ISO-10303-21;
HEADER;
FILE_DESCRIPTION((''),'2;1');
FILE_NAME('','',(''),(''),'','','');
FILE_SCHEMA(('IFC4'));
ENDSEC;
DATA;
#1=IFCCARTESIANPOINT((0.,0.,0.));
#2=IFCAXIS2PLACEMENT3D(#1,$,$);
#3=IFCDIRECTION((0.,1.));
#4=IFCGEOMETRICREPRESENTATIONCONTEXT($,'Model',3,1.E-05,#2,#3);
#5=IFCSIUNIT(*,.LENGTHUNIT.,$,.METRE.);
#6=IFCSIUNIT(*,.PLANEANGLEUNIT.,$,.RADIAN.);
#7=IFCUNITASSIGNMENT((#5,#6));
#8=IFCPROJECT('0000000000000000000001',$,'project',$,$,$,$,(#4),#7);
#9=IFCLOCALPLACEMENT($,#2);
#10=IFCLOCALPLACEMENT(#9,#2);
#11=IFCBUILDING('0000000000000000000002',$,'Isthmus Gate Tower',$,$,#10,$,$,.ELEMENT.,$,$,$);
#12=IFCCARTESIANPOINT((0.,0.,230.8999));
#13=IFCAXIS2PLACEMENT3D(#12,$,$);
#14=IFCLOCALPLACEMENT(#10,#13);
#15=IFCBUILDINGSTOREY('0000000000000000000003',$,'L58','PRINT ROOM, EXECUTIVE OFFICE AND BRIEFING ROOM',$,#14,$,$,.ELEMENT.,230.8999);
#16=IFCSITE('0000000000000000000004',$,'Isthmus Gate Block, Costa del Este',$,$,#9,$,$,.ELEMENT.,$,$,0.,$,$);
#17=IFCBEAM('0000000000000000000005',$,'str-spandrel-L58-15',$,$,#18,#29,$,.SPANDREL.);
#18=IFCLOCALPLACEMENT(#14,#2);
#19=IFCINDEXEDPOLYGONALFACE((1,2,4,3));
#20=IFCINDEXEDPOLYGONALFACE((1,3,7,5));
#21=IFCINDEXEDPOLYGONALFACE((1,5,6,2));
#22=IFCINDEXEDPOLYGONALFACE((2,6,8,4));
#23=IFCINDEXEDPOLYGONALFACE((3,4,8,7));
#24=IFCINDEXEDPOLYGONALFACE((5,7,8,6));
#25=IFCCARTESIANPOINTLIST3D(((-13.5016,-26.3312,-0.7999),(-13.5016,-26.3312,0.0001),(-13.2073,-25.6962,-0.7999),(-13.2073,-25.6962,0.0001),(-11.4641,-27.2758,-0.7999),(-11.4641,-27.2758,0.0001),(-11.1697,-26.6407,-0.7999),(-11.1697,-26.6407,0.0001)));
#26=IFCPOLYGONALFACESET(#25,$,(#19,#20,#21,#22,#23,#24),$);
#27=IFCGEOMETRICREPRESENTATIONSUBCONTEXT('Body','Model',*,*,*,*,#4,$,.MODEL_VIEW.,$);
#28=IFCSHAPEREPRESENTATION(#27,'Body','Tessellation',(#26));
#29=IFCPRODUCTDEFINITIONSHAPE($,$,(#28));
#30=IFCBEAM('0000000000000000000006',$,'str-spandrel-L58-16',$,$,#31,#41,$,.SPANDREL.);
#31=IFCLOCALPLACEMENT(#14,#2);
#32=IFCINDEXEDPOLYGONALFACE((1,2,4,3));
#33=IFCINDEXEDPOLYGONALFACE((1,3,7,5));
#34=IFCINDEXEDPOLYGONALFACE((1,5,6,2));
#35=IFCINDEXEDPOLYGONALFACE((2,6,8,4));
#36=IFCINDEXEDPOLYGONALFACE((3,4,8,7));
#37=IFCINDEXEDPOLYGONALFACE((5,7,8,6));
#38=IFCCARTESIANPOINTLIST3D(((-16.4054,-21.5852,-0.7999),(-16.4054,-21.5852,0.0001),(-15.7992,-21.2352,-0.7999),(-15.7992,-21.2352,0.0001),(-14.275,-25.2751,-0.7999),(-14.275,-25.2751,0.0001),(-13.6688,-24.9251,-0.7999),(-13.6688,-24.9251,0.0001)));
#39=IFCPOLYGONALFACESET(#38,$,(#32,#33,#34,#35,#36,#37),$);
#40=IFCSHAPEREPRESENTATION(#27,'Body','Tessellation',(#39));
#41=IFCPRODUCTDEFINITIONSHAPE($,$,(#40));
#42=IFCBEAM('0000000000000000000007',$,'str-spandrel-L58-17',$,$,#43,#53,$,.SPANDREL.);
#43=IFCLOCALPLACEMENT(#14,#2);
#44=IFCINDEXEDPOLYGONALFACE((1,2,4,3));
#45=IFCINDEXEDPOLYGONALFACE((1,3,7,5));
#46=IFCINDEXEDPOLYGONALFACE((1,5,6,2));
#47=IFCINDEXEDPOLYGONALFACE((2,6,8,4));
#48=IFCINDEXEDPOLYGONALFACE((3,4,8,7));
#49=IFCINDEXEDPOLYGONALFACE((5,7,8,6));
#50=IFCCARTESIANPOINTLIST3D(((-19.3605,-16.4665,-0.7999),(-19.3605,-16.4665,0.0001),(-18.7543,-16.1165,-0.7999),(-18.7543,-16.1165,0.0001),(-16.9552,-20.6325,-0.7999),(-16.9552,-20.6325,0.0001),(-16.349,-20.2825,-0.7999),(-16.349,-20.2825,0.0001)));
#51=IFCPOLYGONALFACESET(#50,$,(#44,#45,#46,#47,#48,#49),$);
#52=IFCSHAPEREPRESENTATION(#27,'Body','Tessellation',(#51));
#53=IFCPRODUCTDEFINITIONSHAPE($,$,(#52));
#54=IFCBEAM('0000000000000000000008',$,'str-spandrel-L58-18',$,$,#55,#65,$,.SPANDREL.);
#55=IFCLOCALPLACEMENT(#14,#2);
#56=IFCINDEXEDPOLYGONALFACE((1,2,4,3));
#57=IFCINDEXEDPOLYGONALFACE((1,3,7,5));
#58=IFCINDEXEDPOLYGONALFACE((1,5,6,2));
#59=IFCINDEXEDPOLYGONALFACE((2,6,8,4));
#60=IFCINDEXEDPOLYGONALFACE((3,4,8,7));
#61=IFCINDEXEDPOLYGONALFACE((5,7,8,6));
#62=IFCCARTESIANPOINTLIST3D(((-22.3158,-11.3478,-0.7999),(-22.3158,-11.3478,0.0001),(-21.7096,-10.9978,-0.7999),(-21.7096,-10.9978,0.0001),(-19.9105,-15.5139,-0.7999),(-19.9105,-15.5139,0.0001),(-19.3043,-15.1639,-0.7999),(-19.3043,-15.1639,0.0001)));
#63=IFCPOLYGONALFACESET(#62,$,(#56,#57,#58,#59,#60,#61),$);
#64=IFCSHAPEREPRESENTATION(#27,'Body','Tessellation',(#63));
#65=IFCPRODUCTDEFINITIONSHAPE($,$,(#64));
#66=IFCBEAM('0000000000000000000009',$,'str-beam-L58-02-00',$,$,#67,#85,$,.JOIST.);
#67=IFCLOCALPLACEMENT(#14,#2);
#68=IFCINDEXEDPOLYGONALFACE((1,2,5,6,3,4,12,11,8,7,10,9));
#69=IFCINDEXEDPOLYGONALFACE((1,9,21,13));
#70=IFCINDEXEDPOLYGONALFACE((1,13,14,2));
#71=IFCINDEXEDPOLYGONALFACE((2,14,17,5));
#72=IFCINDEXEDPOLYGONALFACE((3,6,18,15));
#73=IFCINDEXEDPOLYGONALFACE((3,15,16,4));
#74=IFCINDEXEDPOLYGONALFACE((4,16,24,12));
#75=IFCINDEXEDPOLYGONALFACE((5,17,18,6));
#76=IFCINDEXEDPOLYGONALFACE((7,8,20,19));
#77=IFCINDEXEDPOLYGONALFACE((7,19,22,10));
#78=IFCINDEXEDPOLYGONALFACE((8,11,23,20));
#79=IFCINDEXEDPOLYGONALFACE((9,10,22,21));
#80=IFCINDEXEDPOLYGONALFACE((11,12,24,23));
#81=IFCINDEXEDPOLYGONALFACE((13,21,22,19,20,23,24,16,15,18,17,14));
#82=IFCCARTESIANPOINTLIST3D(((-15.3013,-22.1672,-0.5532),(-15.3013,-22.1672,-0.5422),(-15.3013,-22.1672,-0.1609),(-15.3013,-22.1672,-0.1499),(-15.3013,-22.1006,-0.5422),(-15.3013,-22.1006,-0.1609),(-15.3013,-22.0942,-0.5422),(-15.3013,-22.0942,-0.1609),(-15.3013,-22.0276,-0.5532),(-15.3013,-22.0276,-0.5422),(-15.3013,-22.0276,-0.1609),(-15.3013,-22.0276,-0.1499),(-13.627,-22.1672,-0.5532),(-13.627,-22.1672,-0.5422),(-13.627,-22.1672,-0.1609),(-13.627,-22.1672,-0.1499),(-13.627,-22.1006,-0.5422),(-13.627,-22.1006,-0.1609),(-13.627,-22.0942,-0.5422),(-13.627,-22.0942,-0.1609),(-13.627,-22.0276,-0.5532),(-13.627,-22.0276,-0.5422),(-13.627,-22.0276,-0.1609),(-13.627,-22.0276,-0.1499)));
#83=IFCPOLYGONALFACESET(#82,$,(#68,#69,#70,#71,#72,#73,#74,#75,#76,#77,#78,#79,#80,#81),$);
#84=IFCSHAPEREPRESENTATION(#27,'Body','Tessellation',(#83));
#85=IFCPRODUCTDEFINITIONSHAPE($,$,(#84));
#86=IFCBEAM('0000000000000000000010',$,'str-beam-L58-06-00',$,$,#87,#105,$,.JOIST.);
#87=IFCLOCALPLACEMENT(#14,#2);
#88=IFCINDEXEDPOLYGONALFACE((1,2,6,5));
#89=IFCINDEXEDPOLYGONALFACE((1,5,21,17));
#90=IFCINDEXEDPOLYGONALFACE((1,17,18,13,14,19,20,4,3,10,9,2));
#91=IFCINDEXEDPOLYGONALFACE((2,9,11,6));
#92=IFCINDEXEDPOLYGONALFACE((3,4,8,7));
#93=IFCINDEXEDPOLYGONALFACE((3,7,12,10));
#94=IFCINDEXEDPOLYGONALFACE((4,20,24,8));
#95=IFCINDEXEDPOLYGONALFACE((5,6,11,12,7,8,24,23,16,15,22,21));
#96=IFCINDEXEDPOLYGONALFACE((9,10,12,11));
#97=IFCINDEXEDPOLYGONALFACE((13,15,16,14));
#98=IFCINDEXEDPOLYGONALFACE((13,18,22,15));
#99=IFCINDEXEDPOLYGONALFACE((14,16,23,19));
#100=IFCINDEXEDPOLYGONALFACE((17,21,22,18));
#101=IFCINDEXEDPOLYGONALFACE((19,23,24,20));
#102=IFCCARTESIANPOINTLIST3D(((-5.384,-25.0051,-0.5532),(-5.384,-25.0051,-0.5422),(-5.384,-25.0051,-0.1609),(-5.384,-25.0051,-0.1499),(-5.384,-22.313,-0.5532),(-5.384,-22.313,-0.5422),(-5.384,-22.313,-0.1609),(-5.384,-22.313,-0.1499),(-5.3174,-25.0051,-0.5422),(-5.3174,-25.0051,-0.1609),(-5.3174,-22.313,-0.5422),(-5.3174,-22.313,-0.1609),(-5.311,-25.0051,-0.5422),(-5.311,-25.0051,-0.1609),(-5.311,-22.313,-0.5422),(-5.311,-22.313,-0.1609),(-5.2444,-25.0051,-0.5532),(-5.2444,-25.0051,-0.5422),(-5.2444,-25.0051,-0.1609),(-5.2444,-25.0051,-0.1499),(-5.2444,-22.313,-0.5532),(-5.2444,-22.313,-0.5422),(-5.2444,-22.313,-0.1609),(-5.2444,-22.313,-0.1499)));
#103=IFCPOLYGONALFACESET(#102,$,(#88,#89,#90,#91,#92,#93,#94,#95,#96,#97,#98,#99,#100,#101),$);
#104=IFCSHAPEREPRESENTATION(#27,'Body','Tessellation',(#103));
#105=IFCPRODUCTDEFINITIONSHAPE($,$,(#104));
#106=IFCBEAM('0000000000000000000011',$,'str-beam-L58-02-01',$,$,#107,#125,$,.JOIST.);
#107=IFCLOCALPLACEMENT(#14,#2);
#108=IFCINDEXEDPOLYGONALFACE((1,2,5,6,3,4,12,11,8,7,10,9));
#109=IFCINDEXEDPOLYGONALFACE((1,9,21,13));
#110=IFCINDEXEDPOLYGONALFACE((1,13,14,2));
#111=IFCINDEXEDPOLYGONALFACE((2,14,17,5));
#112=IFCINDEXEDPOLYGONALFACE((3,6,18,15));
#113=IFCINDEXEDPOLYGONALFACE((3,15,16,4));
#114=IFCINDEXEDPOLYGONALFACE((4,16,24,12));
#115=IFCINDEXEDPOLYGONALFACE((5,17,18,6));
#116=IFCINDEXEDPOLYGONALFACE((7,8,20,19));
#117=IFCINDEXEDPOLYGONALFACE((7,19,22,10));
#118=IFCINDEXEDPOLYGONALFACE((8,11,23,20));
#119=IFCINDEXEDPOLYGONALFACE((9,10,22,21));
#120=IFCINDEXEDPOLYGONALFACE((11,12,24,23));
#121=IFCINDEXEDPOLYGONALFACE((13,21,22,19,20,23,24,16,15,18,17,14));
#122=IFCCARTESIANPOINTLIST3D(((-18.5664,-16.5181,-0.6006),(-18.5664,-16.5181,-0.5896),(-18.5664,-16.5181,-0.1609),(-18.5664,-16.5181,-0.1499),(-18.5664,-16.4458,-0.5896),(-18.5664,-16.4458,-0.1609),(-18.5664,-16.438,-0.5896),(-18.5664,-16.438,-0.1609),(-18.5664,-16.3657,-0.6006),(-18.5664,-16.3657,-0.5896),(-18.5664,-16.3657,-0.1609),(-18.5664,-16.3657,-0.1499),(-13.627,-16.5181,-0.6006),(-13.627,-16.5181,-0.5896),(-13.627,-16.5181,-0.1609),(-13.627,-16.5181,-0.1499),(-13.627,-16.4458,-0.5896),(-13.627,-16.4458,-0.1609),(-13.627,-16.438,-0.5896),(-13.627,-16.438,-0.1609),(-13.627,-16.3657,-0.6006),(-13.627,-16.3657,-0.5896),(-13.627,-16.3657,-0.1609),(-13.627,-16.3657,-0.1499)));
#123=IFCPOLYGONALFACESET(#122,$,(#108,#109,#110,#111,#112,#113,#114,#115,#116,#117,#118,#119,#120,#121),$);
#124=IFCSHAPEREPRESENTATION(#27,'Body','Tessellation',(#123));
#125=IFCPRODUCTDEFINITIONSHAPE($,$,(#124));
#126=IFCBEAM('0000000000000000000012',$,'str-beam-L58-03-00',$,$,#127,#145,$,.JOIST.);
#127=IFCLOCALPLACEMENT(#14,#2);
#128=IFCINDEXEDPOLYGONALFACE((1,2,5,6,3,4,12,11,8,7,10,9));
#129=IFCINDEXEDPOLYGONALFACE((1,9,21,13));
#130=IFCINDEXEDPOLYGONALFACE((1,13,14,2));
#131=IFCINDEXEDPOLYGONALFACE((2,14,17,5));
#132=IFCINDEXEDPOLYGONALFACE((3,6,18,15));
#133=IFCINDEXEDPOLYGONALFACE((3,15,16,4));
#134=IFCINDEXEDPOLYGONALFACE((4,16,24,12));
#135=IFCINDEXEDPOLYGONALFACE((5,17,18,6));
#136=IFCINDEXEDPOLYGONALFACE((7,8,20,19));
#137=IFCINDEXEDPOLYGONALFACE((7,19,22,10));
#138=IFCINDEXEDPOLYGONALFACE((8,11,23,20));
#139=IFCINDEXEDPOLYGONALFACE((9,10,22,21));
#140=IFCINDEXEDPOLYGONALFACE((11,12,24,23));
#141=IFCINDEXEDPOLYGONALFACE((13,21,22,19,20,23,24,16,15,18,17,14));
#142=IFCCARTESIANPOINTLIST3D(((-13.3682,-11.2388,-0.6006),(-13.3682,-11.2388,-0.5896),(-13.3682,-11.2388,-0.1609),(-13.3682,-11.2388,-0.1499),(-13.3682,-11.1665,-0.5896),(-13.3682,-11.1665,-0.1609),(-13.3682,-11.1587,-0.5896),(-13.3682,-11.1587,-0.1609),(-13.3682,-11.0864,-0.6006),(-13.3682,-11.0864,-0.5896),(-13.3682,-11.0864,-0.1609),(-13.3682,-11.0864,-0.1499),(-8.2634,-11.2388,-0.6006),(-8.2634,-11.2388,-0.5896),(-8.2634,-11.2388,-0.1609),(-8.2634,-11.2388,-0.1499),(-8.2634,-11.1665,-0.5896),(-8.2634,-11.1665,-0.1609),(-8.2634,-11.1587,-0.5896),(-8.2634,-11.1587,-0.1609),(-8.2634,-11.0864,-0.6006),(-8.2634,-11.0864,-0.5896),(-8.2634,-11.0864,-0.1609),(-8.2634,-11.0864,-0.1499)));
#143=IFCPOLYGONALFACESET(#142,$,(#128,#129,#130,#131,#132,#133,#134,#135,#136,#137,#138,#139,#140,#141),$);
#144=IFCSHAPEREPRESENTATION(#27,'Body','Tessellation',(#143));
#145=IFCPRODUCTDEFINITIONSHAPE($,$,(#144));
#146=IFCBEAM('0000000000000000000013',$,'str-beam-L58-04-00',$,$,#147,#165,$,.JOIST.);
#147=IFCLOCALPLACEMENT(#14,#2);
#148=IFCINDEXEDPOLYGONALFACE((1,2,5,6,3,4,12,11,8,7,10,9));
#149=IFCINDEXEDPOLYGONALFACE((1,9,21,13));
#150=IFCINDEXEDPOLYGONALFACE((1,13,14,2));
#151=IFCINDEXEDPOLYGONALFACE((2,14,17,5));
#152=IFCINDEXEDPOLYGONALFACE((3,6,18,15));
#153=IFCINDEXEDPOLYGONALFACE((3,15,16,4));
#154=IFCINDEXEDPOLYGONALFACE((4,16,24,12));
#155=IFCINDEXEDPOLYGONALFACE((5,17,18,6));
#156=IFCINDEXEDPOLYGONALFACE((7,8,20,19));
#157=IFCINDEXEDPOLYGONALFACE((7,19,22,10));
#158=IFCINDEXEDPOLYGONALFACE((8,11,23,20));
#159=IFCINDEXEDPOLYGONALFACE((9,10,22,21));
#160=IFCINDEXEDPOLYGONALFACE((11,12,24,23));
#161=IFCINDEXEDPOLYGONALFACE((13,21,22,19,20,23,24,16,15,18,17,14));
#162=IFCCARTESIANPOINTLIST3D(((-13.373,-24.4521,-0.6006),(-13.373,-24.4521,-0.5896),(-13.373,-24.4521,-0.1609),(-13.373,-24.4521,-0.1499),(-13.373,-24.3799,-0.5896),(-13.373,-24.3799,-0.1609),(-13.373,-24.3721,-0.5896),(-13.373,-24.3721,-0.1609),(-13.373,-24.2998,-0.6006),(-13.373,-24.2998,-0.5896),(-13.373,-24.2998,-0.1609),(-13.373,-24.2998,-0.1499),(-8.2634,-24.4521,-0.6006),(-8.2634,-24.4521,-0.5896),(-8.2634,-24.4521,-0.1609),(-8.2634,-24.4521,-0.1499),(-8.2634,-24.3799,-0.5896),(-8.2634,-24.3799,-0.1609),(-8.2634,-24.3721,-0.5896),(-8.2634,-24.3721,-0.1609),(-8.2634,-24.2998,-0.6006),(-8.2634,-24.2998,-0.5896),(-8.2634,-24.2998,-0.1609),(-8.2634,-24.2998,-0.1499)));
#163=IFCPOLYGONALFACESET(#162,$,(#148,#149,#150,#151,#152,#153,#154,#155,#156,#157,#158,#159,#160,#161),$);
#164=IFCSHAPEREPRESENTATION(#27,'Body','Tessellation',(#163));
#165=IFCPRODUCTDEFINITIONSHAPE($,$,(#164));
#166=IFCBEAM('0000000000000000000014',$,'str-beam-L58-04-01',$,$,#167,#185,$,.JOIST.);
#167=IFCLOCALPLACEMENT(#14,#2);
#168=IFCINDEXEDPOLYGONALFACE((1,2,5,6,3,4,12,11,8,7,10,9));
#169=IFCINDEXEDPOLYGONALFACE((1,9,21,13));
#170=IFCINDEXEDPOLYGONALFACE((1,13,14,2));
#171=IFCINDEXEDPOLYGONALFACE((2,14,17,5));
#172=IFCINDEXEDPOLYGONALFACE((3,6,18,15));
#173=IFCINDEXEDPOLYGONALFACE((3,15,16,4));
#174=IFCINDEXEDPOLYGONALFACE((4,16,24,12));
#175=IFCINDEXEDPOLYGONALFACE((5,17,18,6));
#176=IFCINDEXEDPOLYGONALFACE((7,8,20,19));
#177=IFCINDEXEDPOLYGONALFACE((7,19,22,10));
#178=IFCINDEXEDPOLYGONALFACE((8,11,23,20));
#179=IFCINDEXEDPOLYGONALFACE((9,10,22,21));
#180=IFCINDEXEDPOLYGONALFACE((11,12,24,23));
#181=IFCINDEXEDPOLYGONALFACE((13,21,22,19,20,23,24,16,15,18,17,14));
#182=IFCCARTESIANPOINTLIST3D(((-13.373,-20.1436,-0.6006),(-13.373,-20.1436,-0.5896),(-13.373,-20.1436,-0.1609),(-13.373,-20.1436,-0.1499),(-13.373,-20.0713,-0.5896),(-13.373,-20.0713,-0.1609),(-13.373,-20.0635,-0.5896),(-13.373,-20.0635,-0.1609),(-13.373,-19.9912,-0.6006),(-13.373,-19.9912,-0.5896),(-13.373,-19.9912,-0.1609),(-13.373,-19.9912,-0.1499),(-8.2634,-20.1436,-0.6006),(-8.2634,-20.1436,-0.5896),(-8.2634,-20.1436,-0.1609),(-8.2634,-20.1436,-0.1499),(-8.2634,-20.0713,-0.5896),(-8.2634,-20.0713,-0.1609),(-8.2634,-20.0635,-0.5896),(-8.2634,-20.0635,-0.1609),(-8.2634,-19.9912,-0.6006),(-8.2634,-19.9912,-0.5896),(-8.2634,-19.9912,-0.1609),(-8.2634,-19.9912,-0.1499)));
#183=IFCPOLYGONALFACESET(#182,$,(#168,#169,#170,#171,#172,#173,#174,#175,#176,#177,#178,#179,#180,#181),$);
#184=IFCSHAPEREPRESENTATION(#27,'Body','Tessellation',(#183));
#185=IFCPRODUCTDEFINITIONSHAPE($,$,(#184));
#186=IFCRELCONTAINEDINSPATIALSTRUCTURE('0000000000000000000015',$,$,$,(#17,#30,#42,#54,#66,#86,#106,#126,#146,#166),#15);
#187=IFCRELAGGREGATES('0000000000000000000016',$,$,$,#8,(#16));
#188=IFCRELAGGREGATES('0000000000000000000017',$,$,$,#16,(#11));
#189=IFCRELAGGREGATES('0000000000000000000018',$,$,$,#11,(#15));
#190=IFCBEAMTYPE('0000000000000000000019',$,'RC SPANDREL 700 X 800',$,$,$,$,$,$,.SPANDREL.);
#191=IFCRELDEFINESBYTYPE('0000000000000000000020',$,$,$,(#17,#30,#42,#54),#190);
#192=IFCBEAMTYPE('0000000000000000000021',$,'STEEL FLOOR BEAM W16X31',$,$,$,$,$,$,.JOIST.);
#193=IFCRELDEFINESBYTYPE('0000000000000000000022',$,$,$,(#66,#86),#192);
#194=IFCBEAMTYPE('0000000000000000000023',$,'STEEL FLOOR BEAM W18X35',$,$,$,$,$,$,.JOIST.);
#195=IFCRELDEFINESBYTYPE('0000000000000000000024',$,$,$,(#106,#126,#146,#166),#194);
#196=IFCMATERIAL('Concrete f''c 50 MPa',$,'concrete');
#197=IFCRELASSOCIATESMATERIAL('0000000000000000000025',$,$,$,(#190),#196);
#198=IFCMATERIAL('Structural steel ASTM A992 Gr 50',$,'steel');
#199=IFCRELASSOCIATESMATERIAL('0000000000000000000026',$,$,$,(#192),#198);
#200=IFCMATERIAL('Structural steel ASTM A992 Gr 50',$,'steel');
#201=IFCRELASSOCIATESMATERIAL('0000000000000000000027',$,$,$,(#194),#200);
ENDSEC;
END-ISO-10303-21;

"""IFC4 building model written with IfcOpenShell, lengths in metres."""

from ifc_helpers import new_model, si_unit, direction, frame, origin, origin_2d, place, context, subcontext, project, spatial, rectangle, i_section, extrude, material, material_profile, profile_set, type_object, element, save


model = new_model("IFC4")

# Units and contexts
model_context = context("Model", 3, precision=1e-05, world=origin(), true_north=direction((0.0, 1.0)))
body_context = subcontext(model_context, "Body", "Model", "MODEL_VIEW")
ifc_project = project(units=[si_unit("LENGTHUNIT", "METRE"), si_unit("PLANEANGLEUNIT", "RADIAN")], contexts=[model_context])

# Site, building, storey
site_placement = place(None, origin())
site = spatial("IfcSite", under=ifc_project, at=site_placement, Name="Isthmus Gate Block, Costa del Este", CompositionType="ELEMENT", RefElevation=0.0)
building_placement = place(site_placement, origin())
building = spatial("IfcBuilding", under=site, at=building_placement, Name="Isthmus Gate Tower", CompositionType="ELEMENT")
storey_placement = place(building_placement, frame((0.0, 0.0, 230.8999)))
storey = spatial("IfcBuildingStorey", under=building, at=storey_placement, Name="L58", Description="PRINT ROOM, EXECUTIVE OFFICE AND BRIEFING ROOM", CompositionType="ELEMENT", Elevation=230.8999)

# Beams
ifc_material_1 = material(Name="Concrete f'c 50 MPa", Category="concrete")
ifc_material_profile_1 = material_profile(ifc_material_1, rectangle(XDim=0.7, YDim=0.8, at=origin_2d()), Name="RC 700X800")
ifc_profile_set_1 = profile_set([ifc_material_profile_1], Name="Concrete f'c 50 MPa")
beam_type_1 = type_object("IfcBeamType", Name="RC SPANDREL 700 X 800", PredefinedType="SPANDREL", material=ifc_profile_set_1)
beam_1_placement = place(storey_placement, frame((-11.3169, -26.9583, -0.3999), z_axis=(-0.907255, 0.420581, 0.0), x_axis=(-0.420581, -0.907255, 0.0)))
element("IfcBeam", 1, at=beam_1_placement, inside=storey, type_object=beam_type_1, Name="str-spandrel-L58-15", PredefinedType="SPANDREL", context=body_context, shape_type="SweptSolid", body=[
    extrude(rectangle(XDim=0.7, YDim=0.8, at=origin_2d()), origin(), (0.0, 0.0, 1.0), 2.2458),
])
beam_2_placement = place(storey_placement, frame((-13.9719, -25.1001, -0.3999), z_axis=(-0.499997, 0.866027, 0.0), x_axis=(-0.866027, -0.499997, 0.0)))
element("IfcBeam", 2, at=beam_2_placement, inside=storey, type_object=beam_type_1, Name="str-spandrel-L58-16", PredefinedType="SPANDREL", context=body_context, shape_type="SweptSolid", body=[
    extrude(rectangle(XDim=0.7, YDim=0.8, at=origin_2d()), origin(), (0.0, 0.0, 1.0), 4.2607),
])
for number, where, z_axis, x_axis, name in (
    (3, (-16.6521, -20.4575, -0.3999), (-0.500004, 0.866023, 0.0), (-0.866023, -0.500004, 0.0), "str-spandrel-L58-17"),
    (4, (-19.6074, -15.3389, -0.3999), (-0.500004, 0.866023, 0.0), (-0.866023, -0.500004, 0.0), "str-spandrel-L58-18"),
):
    element("IfcBeam", number, at=place(storey_placement, frame(where, z_axis=z_axis, x_axis=x_axis)), inside=storey, type_object=beam_type_1, Name=name, PredefinedType="SPANDREL", context=body_context, shape_type="SweptSolid", body=[
        extrude(rectangle(XDim=0.7, YDim=0.8, at=origin_2d()), origin(), (0.0, 0.0, 1.0), 4.8105),
    ])
ifc_material_2 = material(Name="Structural steel ASTM A992 Gr 50", Category="steel")
ifc_material_profile_2 = material_profile(ifc_material_2, i_section(OverallWidth=0.1396, OverallDepth=0.4033, WebThickness=0.0063, FlangeThickness=0.011, at=origin_2d()), Name="W16X31")
ifc_profile_set_2 = profile_set([ifc_material_profile_2], Name="Structural steel ASTM A992 Gr 50")
beam_type_2 = type_object("IfcBeamType", Name="STEEL FLOOR BEAM W16X31", PredefinedType="JOIST", material=ifc_profile_set_2)
beam_3_placement = place(storey_placement, frame((-15.3013, -22.0974, -0.3516), z_axis=(1.0, 0.0, 0.0), x_axis=(0.0, 1.0, 0.0)))
element("IfcBeam", 5, at=beam_3_placement, inside=storey, type_object=beam_type_2, Name="str-beam-L58-02-00", PredefinedType="JOIST", context=body_context, shape_type="SweptSolid", body=[
    extrude(i_section(OverallWidth=0.1396, OverallDepth=0.4033, WebThickness=0.0063, FlangeThickness=0.011, at=origin_2d()), origin(), (0.0, 0.0, 1.0), 1.6743),
])
beam_4_placement = place(storey_placement, frame((-5.3142, -25.0051, -0.3516), z_axis=(0.0, 1.0, 0.0), x_axis=(-1.0, 0.0, 0.0)))
element("IfcBeam", 6, at=beam_4_placement, inside=storey, type_object=beam_type_2, Name="str-beam-L58-06-00", PredefinedType="JOIST", context=body_context, shape_type="SweptSolid", body=[
    extrude(i_section(OverallWidth=0.1396, OverallDepth=0.4033, WebThickness=0.0063, FlangeThickness=0.011, at=origin_2d()), origin(), (0.0, 0.0, 1.0), 2.6921),
])
ifc_material_3 = material(Name="Structural steel ASTM A992 Gr 50", Category="steel")
ifc_material_profile_3 = material_profile(ifc_material_3, i_section(OverallWidth=0.1523, OverallDepth=0.4507, WebThickness=0.0078, FlangeThickness=0.011, at=origin_2d()), Name="W18X35")
ifc_profile_set_3 = profile_set([ifc_material_profile_3], Name="Structural steel ASTM A992 Gr 50")
beam_type_3 = type_object("IfcBeamType", Name="STEEL FLOOR BEAM W18X35", PredefinedType="JOIST", material=ifc_profile_set_3)
beam_5_placement = place(storey_placement, frame((-18.5664, -16.4419, -0.3752), z_axis=(1.0, 0.0, 0.0), x_axis=(0.0, 1.0, 0.0)))
element("IfcBeam", 7, at=beam_5_placement, inside=storey, type_object=beam_type_3, Name="str-beam-L58-02-01", PredefinedType="JOIST", context=body_context, shape_type="SweptSolid", body=[
    extrude(i_section(OverallWidth=0.1523, OverallDepth=0.4507, WebThickness=0.0078, FlangeThickness=0.011, at=origin_2d()), origin(), (0.0, 0.0, 1.0), 4.9395),
])
beam_6_placement = place(storey_placement, frame((-13.3682, -11.1626, -0.3752), z_axis=(1.0, 0.0, 0.0), x_axis=(0.0, 1.0, 0.0)))
element("IfcBeam", 8, at=beam_6_placement, inside=storey, type_object=beam_type_3, Name="str-beam-L58-03-00", PredefinedType="JOIST", context=body_context, shape_type="SweptSolid", body=[
    extrude(i_section(OverallWidth=0.1523, OverallDepth=0.4507, WebThickness=0.0078, FlangeThickness=0.011, at=origin_2d()), origin(), (0.0, 0.0, 1.0), 5.1047),
])
for number, where, z_axis, x_axis, name in (
    (9, (-13.373, -24.376, -0.3752), (1.0, 0.0, 0.0), (0.0, 1.0, 0.0), "str-beam-L58-04-00"),
    (10, (-13.373, -20.0674, -0.3752), (1.0, 0.0, 0.0), (0.0, 1.0, 0.0), "str-beam-L58-04-01"),
):
    element("IfcBeam", number, at=place(storey_placement, frame(where, z_axis=z_axis, x_axis=x_axis)), inside=storey, type_object=beam_type_3, Name=name, PredefinedType="JOIST", context=body_context, shape_type="SweptSolid", body=[
        extrude(i_section(OverallWidth=0.1523, OverallDepth=0.4507, WebThickness=0.0078, FlangeThickness=0.011, at=origin_2d()), origin(), (0.0, 0.0, 1.0), 5.1096),
    ])

save(model, "model.ifc")
